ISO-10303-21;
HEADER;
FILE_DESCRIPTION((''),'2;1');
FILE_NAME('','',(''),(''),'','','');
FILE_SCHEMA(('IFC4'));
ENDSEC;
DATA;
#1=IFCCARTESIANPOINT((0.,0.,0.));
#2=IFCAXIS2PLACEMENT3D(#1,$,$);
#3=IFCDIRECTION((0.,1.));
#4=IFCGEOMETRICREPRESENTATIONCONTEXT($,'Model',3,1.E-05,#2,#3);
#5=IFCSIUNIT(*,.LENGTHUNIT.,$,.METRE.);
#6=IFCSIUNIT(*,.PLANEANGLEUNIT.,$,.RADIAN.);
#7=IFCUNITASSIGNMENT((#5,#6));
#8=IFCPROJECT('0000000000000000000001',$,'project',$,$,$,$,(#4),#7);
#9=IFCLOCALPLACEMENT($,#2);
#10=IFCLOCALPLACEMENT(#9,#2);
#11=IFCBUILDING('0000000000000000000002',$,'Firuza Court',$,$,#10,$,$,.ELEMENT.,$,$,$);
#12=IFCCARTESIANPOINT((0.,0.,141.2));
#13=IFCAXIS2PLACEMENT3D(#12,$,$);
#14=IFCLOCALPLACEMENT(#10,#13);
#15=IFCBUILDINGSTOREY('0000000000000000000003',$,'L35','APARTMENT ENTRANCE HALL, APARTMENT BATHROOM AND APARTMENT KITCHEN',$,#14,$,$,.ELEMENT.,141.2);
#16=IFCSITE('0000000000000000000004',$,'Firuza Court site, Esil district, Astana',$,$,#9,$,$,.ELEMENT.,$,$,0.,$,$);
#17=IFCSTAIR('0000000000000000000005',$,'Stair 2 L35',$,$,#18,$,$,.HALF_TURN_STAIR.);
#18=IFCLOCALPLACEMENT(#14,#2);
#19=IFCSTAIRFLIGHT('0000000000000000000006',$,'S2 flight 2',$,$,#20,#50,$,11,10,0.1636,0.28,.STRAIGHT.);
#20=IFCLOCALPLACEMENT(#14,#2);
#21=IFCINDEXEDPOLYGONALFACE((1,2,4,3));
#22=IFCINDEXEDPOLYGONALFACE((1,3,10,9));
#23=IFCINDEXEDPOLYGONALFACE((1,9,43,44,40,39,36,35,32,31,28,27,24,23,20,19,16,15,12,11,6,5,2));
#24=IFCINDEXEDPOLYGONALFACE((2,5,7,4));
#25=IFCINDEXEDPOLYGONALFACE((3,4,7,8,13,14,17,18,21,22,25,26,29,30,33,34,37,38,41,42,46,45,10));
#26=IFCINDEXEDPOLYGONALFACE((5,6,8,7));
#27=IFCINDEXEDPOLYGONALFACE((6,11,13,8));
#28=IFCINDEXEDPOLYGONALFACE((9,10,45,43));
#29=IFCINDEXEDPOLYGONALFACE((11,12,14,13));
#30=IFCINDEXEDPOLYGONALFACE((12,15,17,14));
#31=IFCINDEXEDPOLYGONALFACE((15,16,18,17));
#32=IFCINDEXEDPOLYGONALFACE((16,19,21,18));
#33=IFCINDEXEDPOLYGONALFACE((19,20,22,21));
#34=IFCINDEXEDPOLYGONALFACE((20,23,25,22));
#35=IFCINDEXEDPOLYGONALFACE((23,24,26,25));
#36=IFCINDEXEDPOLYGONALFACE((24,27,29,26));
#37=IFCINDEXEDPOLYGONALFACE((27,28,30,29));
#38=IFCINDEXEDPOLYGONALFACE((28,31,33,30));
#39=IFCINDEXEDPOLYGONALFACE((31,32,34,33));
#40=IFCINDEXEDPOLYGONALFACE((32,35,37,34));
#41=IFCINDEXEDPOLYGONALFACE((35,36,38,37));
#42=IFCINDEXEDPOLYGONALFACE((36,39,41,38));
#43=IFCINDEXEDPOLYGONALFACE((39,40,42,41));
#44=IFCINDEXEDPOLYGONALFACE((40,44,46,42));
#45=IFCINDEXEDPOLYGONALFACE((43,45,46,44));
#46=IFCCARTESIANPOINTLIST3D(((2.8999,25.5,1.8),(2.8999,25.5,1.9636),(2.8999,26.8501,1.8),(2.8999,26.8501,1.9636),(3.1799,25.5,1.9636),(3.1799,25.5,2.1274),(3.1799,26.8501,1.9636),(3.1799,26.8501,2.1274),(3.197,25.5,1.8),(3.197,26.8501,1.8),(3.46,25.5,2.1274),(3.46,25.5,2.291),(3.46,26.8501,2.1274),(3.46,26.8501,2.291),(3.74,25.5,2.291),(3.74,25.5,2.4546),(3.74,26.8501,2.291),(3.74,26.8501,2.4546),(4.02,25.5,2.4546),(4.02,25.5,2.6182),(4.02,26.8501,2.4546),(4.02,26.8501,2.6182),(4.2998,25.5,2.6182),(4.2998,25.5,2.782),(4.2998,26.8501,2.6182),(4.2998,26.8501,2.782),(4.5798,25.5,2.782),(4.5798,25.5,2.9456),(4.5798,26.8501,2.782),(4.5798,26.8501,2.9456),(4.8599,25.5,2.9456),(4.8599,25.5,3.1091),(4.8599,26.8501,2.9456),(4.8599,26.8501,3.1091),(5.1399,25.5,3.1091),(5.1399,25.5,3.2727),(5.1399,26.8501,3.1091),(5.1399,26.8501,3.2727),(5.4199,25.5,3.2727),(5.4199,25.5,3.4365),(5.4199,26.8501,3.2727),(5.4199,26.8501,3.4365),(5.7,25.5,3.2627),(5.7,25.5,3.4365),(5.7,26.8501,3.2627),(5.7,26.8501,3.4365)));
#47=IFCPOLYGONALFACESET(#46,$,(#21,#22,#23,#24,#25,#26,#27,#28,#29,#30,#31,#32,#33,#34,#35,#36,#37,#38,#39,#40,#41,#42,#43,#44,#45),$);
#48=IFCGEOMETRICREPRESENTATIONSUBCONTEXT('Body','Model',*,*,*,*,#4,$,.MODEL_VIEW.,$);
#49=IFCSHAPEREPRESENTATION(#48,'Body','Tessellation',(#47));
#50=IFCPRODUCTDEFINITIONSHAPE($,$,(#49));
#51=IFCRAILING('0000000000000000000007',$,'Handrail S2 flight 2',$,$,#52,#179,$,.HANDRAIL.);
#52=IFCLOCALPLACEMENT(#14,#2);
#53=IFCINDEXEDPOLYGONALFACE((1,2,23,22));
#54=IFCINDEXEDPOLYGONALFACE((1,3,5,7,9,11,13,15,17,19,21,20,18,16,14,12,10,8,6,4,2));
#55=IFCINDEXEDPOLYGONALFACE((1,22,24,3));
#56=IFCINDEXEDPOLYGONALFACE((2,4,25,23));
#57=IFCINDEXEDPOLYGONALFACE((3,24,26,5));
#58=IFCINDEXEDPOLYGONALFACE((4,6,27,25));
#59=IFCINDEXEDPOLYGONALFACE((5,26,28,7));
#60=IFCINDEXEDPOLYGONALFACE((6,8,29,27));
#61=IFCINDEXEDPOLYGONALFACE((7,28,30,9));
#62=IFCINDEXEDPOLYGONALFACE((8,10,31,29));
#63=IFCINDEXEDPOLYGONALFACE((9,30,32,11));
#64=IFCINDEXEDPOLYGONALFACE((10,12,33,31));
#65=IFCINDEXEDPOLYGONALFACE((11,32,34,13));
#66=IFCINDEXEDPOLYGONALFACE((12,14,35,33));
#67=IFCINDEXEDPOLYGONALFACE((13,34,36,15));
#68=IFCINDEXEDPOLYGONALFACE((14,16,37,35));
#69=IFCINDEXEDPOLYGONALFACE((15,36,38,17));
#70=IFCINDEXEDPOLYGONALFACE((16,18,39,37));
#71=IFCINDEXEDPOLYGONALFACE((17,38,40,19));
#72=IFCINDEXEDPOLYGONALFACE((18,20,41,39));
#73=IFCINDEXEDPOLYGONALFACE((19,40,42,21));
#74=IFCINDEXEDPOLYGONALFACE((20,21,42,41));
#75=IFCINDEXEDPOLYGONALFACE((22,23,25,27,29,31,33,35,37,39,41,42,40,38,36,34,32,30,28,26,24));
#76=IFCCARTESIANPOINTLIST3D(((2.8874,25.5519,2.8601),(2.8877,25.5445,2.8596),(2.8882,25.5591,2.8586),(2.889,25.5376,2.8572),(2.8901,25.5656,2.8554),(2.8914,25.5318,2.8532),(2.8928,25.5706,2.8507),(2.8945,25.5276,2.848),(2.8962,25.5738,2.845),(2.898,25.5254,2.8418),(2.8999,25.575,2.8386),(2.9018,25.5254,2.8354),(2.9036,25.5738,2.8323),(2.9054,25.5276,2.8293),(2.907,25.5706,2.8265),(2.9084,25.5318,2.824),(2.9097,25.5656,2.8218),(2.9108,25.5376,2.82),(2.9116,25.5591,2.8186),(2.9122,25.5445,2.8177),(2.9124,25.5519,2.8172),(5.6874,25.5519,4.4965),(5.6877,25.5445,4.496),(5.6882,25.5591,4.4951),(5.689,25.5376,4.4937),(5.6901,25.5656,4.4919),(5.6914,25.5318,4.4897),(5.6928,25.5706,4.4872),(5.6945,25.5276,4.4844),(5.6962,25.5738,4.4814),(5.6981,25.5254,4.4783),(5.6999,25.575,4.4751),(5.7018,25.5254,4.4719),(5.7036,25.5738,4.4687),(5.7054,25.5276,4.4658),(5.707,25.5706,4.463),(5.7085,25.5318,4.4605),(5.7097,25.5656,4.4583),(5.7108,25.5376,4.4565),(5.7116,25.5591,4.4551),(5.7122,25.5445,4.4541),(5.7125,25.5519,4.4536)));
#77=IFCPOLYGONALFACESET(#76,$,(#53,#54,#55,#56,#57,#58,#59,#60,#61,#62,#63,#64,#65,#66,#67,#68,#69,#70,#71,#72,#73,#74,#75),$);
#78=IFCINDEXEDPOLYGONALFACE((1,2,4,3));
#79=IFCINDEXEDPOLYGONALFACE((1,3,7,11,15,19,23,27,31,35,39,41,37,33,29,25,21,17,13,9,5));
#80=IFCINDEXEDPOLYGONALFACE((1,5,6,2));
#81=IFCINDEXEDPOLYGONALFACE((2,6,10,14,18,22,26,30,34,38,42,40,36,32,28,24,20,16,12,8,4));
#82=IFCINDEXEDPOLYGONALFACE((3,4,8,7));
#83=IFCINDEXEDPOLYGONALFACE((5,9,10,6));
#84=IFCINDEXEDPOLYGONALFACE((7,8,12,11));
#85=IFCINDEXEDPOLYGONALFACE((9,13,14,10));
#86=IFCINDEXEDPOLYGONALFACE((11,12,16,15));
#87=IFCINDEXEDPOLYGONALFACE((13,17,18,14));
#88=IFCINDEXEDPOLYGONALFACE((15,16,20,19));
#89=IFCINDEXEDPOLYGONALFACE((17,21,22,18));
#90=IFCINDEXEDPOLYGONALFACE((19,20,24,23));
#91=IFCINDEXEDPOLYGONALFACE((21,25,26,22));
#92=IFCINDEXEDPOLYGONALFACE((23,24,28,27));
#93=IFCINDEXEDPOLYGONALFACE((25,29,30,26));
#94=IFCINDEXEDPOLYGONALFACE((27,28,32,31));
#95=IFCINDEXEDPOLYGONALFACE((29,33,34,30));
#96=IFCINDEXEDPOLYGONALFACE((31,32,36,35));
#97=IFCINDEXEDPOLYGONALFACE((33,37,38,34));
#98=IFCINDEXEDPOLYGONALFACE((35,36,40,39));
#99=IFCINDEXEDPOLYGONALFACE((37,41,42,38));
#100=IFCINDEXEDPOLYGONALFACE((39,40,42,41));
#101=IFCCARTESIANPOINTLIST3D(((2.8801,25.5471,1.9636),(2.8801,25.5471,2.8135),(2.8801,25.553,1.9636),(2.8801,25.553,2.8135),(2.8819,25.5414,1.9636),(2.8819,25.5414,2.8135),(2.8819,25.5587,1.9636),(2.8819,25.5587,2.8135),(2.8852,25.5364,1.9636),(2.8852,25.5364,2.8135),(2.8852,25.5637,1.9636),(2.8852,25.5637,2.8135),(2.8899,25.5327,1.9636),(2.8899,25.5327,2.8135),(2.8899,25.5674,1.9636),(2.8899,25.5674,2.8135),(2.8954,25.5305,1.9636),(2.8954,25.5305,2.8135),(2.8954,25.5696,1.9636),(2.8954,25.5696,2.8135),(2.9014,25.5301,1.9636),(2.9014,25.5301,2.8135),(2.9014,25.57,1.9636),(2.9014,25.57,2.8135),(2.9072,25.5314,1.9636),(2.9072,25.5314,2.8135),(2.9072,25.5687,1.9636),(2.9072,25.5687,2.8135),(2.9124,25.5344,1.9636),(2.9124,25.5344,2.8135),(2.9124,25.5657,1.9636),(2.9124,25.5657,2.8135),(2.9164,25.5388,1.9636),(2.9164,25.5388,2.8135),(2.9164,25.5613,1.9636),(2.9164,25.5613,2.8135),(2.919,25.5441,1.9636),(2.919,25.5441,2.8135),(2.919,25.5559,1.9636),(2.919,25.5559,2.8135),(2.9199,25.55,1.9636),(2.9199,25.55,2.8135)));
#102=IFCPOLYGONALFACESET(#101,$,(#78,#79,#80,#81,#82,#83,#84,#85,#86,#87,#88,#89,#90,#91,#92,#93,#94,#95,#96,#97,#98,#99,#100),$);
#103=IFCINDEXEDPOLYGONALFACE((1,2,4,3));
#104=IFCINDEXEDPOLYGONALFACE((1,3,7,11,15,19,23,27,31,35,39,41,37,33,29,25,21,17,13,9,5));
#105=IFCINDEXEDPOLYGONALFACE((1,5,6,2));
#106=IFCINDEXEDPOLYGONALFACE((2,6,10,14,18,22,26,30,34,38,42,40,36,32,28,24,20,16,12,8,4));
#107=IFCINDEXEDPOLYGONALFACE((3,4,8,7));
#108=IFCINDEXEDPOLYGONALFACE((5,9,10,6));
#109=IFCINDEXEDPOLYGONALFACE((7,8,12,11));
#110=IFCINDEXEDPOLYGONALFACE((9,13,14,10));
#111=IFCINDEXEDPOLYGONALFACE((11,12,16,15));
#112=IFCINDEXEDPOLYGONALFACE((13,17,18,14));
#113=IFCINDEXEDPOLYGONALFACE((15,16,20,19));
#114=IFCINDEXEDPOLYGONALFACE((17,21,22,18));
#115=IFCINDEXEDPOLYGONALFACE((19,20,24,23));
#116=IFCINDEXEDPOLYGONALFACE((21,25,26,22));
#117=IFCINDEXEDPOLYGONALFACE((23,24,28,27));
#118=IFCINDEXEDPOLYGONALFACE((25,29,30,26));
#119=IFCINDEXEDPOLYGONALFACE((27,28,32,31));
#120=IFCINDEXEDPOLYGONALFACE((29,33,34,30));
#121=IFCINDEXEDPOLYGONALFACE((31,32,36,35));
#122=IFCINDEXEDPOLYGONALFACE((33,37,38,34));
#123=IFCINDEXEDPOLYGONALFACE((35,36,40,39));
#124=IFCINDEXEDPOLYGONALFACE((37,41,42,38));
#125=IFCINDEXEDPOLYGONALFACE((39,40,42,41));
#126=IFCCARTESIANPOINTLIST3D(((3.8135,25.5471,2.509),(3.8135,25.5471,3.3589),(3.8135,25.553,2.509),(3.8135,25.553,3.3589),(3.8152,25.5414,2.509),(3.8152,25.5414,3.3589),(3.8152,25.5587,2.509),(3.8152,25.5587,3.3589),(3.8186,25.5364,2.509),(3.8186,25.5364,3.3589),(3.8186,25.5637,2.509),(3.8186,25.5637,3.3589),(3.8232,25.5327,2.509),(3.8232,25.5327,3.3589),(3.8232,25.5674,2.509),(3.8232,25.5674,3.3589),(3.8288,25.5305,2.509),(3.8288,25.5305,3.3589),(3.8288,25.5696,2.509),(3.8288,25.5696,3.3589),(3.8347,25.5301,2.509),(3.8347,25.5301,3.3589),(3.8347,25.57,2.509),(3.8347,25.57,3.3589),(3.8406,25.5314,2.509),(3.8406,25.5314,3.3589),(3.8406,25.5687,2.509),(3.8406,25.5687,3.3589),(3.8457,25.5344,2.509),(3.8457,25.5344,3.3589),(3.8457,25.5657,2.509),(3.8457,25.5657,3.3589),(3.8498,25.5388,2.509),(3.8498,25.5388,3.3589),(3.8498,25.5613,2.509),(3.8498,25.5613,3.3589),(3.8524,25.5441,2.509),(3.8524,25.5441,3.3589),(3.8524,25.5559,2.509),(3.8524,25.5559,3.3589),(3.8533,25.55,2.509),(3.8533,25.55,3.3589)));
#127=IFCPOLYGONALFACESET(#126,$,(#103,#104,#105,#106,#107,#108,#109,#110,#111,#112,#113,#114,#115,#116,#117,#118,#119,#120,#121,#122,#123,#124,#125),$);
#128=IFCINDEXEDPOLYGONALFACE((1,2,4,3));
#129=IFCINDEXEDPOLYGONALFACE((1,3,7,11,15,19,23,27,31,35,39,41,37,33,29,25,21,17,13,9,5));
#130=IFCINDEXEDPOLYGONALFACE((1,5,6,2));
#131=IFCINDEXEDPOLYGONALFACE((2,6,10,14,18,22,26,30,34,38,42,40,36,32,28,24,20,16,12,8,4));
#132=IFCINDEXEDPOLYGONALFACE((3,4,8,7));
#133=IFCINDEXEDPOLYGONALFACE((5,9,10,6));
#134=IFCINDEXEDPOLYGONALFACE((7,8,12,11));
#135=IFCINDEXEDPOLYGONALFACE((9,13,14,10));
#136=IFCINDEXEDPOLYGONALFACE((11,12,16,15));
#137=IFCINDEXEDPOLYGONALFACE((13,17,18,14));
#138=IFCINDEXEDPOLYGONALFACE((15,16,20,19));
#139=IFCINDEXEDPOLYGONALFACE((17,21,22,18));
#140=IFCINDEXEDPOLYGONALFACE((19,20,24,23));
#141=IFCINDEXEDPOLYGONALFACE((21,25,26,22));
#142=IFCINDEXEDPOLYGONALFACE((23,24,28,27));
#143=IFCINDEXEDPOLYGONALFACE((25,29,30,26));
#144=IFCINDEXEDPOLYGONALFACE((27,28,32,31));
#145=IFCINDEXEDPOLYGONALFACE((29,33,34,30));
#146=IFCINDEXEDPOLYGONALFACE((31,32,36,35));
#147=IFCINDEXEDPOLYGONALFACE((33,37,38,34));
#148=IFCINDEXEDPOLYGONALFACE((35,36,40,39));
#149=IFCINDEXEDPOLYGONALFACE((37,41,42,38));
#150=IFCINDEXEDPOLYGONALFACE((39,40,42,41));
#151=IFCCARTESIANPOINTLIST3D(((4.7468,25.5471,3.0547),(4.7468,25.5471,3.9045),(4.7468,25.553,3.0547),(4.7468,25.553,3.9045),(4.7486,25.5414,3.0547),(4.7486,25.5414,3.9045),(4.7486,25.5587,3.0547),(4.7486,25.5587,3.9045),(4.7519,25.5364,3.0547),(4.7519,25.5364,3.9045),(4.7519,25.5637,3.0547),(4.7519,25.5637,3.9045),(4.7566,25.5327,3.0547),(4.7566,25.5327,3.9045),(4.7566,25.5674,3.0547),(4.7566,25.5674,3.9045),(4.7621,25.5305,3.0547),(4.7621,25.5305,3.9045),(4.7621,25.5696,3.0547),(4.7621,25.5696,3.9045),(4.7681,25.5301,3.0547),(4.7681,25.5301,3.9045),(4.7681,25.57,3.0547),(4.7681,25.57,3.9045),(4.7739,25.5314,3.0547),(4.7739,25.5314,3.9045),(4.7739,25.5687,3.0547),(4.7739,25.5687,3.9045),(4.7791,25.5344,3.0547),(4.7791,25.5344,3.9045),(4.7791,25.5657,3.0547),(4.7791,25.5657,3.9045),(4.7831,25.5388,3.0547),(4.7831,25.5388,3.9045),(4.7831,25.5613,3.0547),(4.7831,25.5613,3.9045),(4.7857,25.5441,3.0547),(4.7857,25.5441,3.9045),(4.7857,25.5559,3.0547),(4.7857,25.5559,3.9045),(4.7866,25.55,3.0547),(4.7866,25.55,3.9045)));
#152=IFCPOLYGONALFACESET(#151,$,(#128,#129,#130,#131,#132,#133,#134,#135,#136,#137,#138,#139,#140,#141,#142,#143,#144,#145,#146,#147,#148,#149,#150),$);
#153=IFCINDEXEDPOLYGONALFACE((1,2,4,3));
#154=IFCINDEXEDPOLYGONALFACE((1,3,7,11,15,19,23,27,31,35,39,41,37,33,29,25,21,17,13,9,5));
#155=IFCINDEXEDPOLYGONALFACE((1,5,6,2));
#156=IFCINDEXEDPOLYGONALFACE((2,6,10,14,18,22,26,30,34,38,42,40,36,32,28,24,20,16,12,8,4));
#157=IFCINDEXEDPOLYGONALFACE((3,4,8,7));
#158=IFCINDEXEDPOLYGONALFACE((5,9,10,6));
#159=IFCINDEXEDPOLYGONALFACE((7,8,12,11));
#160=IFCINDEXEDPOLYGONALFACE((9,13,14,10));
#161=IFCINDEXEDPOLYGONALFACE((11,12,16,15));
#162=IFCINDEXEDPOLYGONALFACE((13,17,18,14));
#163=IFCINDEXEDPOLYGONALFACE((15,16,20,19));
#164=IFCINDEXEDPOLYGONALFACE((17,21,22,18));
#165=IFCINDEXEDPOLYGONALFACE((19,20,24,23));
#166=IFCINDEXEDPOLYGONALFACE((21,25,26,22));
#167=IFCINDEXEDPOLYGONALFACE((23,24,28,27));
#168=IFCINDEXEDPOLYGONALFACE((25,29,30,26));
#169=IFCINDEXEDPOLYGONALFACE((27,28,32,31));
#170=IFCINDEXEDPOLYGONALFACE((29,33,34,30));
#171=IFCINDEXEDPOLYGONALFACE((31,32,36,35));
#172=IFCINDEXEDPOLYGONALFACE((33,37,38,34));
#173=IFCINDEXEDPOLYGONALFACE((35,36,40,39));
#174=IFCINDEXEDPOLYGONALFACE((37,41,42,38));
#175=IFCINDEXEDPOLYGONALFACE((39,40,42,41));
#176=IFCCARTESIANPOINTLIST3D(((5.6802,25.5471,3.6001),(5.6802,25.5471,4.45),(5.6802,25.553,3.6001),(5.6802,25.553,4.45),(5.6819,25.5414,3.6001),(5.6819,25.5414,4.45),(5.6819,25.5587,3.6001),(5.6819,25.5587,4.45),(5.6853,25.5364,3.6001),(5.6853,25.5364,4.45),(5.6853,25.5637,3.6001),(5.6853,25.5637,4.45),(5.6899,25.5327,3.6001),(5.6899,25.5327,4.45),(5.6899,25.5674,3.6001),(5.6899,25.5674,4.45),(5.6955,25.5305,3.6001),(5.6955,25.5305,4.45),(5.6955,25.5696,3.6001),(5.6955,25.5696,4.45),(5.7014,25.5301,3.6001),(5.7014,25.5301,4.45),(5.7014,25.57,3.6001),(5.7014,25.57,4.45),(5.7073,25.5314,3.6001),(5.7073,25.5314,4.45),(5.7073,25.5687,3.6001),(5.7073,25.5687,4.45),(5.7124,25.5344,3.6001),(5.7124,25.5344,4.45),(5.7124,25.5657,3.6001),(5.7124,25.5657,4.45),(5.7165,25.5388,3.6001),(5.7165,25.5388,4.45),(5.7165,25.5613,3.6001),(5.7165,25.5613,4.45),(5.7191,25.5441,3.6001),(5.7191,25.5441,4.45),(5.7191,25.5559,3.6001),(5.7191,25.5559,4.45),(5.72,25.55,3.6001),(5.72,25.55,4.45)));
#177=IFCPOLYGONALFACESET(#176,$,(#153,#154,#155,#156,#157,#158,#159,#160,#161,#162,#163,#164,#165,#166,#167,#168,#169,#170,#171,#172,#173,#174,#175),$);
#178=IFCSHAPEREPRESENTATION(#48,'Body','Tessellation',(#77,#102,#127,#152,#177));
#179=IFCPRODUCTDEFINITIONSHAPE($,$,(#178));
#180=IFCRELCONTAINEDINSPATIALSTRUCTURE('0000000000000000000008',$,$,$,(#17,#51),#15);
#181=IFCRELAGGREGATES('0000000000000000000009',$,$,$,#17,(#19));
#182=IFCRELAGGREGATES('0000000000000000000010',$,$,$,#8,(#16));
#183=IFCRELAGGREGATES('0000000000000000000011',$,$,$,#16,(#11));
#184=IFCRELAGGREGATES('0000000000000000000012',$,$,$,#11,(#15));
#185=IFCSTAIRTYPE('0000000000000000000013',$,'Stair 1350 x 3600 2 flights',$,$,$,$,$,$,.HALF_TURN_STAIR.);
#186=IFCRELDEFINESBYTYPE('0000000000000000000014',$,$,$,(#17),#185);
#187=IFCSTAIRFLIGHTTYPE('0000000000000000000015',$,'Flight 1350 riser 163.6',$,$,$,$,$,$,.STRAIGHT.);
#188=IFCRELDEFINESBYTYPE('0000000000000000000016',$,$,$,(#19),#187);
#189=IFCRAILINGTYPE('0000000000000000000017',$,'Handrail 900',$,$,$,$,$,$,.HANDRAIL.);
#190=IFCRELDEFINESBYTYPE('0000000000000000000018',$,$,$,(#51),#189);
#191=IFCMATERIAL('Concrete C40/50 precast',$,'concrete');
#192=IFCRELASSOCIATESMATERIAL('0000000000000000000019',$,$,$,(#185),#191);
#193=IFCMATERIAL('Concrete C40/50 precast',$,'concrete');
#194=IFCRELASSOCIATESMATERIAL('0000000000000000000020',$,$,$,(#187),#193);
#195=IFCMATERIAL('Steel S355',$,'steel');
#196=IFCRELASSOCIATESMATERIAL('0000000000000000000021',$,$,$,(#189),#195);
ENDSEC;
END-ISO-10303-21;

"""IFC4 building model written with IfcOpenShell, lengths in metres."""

from ifc_helpers import new_model, si_unit, direction, frame, origin, origin_2d, place, context, subcontext, project, spatial, polyline, circle, outline, extrude, material, type_object, element, aggregate, save


model = new_model("IFC4")

# Units and contexts
model_context = context("Model", 3, precision=1e-05, world=origin(), true_north=direction((0.0, 1.0)))
body_context = subcontext(model_context, "Body", "Model", "MODEL_VIEW")
ifc_project = project(units=[si_unit("LENGTHUNIT", "METRE"), si_unit("PLANEANGLEUNIT", "RADIAN")], contexts=[model_context])

# Site, building, storey
site_placement = place(None, origin())
site = spatial("IfcSite", under=ifc_project, at=site_placement, Name="Firuza Court site, Esil district, Astana", CompositionType="ELEMENT", RefElevation=0.0)
building_placement = place(site_placement, origin())
building = spatial("IfcBuilding", under=site, at=building_placement, Name="Firuza Court", CompositionType="ELEMENT")
storey_placement = place(building_placement, frame((0.0, 0.0, 141.2)))
storey = spatial("IfcBuildingStorey", under=building, at=storey_placement, Name="L35", Description="APARTMENT ENTRANCE HALL, APARTMENT BATHROOM AND APARTMENT KITCHEN", CompositionType="ELEMENT", Elevation=141.2)

# Stair, stair flight
ifc_material_1 = material(Name="Concrete C40/50 precast", Category="concrete")
stair_type = type_object("IfcStairType", Name="Stair 1350 x 3600 2 flights", PredefinedType="HALF_TURN_STAIR", material=ifc_material_1)
stair_placement = place(storey_placement, origin())
stair = element("IfcStair", 1, at=stair_placement, inside=storey, type_object=stair_type, Name="Stair 2 L35", PredefinedType="HALF_TURN_STAIR")
ifc_material_2 = material(Name="Concrete C40/50 precast", Category="concrete")
stair_flight_type = type_object("IfcStairFlightType", Name="Flight 1350 riser 163.6", PredefinedType="STRAIGHT", material=ifc_material_2)
stair_flight_1_placement = place(storey_placement, frame((2.8999, 26.175, 1.8), z_axis=(0.0, 0.0, 1.0), x_axis=(1.0, 0.0, 0.0)))
stair_flight_1 = element("IfcStairFlight", 2, at=stair_flight_1_placement, type_object=stair_flight_type, Name="S2 flight 2", NumberOfRisers=11, NumberOfTreads=10, PredefinedType="STRAIGHT", RiserHeight=0.1636, TreadLength=0.28, context=body_context, shape_type="SweptSolid", body=[
    extrude(outline(polyline([(0.0, 0.0), (0.0, 0.1636), (0.28, 0.1636), (0.28, 0.3274), (0.5601, 0.3274), (0.5601, 0.491), (0.8401, 0.491), (0.8401, 0.6545), (1.1201, 0.6545), (1.1201, 0.8181), (1.3999, 0.8181), (1.3999, 0.9819), (1.6799, 0.9819), (1.6799, 1.1455), (1.96, 1.1455), (1.96, 1.3091), (2.24, 1.3091), (2.24, 1.4727), (2.52, 1.4727), (2.52, 1.6365), (2.8, 1.6365), (2.8, 1.8), (2.8, 1.4626), (0.2971, 0.0), (0.0, 0.0)])), frame((0.0, 0.675, 0.0), z_axis=(0.0, -1.0, 0.0), x_axis=(1.0, 0.0, 0.0)), (0.0, 0.0, 1.0), 1.3501),
])
aggregate(stair, [stair_flight_1])

# Railing
ifc_material_3 = material(Name="Steel S355", Category="steel")
railing_type = type_object("IfcRailingType", Name="Handrail 900", PredefinedType="HANDRAIL", material=ifc_material_3)
railing_placement = place(storey_placement, frame((2.8999, 25.55, 1.9636)))
element("IfcRailing", 3, at=railing_placement, inside=storey, type_object=railing_type, Name="Handrail S2 flight 2", PredefinedType="HANDRAIL", context=body_context, shape_type="SweptSolid", body=[
    extrude(circle(Radius=0.0249, at=origin_2d()), frame((0.0, 0.0, 0.875), z_axis=(0.863361, 0.0, 0.504587), x_axis=(0.0, 1.0, 0.0)), (0.0, 0.0, 1.0), 3.2432),
    extrude(circle(Radius=0.02, at=origin_2d()), origin(), (0.0, 0.0, 1.0), 0.8499),
    extrude(circle(Radius=0.02, at=origin_2d()), frame((0.9333, 0.0, 0.5454)), (0.0, 0.0, 1.0), 0.8499),
    extrude(circle(Radius=0.02, at=origin_2d()), frame((1.8667, 0.0, 1.0911)), (0.0, 0.0, 1.0), 0.8499),
    extrude(circle(Radius=0.02, at=origin_2d()), frame((2.8, 0.0, 1.6365)), (0.0, 0.0, 1.0), 0.8499),
])

save(model, "model.ifc")
